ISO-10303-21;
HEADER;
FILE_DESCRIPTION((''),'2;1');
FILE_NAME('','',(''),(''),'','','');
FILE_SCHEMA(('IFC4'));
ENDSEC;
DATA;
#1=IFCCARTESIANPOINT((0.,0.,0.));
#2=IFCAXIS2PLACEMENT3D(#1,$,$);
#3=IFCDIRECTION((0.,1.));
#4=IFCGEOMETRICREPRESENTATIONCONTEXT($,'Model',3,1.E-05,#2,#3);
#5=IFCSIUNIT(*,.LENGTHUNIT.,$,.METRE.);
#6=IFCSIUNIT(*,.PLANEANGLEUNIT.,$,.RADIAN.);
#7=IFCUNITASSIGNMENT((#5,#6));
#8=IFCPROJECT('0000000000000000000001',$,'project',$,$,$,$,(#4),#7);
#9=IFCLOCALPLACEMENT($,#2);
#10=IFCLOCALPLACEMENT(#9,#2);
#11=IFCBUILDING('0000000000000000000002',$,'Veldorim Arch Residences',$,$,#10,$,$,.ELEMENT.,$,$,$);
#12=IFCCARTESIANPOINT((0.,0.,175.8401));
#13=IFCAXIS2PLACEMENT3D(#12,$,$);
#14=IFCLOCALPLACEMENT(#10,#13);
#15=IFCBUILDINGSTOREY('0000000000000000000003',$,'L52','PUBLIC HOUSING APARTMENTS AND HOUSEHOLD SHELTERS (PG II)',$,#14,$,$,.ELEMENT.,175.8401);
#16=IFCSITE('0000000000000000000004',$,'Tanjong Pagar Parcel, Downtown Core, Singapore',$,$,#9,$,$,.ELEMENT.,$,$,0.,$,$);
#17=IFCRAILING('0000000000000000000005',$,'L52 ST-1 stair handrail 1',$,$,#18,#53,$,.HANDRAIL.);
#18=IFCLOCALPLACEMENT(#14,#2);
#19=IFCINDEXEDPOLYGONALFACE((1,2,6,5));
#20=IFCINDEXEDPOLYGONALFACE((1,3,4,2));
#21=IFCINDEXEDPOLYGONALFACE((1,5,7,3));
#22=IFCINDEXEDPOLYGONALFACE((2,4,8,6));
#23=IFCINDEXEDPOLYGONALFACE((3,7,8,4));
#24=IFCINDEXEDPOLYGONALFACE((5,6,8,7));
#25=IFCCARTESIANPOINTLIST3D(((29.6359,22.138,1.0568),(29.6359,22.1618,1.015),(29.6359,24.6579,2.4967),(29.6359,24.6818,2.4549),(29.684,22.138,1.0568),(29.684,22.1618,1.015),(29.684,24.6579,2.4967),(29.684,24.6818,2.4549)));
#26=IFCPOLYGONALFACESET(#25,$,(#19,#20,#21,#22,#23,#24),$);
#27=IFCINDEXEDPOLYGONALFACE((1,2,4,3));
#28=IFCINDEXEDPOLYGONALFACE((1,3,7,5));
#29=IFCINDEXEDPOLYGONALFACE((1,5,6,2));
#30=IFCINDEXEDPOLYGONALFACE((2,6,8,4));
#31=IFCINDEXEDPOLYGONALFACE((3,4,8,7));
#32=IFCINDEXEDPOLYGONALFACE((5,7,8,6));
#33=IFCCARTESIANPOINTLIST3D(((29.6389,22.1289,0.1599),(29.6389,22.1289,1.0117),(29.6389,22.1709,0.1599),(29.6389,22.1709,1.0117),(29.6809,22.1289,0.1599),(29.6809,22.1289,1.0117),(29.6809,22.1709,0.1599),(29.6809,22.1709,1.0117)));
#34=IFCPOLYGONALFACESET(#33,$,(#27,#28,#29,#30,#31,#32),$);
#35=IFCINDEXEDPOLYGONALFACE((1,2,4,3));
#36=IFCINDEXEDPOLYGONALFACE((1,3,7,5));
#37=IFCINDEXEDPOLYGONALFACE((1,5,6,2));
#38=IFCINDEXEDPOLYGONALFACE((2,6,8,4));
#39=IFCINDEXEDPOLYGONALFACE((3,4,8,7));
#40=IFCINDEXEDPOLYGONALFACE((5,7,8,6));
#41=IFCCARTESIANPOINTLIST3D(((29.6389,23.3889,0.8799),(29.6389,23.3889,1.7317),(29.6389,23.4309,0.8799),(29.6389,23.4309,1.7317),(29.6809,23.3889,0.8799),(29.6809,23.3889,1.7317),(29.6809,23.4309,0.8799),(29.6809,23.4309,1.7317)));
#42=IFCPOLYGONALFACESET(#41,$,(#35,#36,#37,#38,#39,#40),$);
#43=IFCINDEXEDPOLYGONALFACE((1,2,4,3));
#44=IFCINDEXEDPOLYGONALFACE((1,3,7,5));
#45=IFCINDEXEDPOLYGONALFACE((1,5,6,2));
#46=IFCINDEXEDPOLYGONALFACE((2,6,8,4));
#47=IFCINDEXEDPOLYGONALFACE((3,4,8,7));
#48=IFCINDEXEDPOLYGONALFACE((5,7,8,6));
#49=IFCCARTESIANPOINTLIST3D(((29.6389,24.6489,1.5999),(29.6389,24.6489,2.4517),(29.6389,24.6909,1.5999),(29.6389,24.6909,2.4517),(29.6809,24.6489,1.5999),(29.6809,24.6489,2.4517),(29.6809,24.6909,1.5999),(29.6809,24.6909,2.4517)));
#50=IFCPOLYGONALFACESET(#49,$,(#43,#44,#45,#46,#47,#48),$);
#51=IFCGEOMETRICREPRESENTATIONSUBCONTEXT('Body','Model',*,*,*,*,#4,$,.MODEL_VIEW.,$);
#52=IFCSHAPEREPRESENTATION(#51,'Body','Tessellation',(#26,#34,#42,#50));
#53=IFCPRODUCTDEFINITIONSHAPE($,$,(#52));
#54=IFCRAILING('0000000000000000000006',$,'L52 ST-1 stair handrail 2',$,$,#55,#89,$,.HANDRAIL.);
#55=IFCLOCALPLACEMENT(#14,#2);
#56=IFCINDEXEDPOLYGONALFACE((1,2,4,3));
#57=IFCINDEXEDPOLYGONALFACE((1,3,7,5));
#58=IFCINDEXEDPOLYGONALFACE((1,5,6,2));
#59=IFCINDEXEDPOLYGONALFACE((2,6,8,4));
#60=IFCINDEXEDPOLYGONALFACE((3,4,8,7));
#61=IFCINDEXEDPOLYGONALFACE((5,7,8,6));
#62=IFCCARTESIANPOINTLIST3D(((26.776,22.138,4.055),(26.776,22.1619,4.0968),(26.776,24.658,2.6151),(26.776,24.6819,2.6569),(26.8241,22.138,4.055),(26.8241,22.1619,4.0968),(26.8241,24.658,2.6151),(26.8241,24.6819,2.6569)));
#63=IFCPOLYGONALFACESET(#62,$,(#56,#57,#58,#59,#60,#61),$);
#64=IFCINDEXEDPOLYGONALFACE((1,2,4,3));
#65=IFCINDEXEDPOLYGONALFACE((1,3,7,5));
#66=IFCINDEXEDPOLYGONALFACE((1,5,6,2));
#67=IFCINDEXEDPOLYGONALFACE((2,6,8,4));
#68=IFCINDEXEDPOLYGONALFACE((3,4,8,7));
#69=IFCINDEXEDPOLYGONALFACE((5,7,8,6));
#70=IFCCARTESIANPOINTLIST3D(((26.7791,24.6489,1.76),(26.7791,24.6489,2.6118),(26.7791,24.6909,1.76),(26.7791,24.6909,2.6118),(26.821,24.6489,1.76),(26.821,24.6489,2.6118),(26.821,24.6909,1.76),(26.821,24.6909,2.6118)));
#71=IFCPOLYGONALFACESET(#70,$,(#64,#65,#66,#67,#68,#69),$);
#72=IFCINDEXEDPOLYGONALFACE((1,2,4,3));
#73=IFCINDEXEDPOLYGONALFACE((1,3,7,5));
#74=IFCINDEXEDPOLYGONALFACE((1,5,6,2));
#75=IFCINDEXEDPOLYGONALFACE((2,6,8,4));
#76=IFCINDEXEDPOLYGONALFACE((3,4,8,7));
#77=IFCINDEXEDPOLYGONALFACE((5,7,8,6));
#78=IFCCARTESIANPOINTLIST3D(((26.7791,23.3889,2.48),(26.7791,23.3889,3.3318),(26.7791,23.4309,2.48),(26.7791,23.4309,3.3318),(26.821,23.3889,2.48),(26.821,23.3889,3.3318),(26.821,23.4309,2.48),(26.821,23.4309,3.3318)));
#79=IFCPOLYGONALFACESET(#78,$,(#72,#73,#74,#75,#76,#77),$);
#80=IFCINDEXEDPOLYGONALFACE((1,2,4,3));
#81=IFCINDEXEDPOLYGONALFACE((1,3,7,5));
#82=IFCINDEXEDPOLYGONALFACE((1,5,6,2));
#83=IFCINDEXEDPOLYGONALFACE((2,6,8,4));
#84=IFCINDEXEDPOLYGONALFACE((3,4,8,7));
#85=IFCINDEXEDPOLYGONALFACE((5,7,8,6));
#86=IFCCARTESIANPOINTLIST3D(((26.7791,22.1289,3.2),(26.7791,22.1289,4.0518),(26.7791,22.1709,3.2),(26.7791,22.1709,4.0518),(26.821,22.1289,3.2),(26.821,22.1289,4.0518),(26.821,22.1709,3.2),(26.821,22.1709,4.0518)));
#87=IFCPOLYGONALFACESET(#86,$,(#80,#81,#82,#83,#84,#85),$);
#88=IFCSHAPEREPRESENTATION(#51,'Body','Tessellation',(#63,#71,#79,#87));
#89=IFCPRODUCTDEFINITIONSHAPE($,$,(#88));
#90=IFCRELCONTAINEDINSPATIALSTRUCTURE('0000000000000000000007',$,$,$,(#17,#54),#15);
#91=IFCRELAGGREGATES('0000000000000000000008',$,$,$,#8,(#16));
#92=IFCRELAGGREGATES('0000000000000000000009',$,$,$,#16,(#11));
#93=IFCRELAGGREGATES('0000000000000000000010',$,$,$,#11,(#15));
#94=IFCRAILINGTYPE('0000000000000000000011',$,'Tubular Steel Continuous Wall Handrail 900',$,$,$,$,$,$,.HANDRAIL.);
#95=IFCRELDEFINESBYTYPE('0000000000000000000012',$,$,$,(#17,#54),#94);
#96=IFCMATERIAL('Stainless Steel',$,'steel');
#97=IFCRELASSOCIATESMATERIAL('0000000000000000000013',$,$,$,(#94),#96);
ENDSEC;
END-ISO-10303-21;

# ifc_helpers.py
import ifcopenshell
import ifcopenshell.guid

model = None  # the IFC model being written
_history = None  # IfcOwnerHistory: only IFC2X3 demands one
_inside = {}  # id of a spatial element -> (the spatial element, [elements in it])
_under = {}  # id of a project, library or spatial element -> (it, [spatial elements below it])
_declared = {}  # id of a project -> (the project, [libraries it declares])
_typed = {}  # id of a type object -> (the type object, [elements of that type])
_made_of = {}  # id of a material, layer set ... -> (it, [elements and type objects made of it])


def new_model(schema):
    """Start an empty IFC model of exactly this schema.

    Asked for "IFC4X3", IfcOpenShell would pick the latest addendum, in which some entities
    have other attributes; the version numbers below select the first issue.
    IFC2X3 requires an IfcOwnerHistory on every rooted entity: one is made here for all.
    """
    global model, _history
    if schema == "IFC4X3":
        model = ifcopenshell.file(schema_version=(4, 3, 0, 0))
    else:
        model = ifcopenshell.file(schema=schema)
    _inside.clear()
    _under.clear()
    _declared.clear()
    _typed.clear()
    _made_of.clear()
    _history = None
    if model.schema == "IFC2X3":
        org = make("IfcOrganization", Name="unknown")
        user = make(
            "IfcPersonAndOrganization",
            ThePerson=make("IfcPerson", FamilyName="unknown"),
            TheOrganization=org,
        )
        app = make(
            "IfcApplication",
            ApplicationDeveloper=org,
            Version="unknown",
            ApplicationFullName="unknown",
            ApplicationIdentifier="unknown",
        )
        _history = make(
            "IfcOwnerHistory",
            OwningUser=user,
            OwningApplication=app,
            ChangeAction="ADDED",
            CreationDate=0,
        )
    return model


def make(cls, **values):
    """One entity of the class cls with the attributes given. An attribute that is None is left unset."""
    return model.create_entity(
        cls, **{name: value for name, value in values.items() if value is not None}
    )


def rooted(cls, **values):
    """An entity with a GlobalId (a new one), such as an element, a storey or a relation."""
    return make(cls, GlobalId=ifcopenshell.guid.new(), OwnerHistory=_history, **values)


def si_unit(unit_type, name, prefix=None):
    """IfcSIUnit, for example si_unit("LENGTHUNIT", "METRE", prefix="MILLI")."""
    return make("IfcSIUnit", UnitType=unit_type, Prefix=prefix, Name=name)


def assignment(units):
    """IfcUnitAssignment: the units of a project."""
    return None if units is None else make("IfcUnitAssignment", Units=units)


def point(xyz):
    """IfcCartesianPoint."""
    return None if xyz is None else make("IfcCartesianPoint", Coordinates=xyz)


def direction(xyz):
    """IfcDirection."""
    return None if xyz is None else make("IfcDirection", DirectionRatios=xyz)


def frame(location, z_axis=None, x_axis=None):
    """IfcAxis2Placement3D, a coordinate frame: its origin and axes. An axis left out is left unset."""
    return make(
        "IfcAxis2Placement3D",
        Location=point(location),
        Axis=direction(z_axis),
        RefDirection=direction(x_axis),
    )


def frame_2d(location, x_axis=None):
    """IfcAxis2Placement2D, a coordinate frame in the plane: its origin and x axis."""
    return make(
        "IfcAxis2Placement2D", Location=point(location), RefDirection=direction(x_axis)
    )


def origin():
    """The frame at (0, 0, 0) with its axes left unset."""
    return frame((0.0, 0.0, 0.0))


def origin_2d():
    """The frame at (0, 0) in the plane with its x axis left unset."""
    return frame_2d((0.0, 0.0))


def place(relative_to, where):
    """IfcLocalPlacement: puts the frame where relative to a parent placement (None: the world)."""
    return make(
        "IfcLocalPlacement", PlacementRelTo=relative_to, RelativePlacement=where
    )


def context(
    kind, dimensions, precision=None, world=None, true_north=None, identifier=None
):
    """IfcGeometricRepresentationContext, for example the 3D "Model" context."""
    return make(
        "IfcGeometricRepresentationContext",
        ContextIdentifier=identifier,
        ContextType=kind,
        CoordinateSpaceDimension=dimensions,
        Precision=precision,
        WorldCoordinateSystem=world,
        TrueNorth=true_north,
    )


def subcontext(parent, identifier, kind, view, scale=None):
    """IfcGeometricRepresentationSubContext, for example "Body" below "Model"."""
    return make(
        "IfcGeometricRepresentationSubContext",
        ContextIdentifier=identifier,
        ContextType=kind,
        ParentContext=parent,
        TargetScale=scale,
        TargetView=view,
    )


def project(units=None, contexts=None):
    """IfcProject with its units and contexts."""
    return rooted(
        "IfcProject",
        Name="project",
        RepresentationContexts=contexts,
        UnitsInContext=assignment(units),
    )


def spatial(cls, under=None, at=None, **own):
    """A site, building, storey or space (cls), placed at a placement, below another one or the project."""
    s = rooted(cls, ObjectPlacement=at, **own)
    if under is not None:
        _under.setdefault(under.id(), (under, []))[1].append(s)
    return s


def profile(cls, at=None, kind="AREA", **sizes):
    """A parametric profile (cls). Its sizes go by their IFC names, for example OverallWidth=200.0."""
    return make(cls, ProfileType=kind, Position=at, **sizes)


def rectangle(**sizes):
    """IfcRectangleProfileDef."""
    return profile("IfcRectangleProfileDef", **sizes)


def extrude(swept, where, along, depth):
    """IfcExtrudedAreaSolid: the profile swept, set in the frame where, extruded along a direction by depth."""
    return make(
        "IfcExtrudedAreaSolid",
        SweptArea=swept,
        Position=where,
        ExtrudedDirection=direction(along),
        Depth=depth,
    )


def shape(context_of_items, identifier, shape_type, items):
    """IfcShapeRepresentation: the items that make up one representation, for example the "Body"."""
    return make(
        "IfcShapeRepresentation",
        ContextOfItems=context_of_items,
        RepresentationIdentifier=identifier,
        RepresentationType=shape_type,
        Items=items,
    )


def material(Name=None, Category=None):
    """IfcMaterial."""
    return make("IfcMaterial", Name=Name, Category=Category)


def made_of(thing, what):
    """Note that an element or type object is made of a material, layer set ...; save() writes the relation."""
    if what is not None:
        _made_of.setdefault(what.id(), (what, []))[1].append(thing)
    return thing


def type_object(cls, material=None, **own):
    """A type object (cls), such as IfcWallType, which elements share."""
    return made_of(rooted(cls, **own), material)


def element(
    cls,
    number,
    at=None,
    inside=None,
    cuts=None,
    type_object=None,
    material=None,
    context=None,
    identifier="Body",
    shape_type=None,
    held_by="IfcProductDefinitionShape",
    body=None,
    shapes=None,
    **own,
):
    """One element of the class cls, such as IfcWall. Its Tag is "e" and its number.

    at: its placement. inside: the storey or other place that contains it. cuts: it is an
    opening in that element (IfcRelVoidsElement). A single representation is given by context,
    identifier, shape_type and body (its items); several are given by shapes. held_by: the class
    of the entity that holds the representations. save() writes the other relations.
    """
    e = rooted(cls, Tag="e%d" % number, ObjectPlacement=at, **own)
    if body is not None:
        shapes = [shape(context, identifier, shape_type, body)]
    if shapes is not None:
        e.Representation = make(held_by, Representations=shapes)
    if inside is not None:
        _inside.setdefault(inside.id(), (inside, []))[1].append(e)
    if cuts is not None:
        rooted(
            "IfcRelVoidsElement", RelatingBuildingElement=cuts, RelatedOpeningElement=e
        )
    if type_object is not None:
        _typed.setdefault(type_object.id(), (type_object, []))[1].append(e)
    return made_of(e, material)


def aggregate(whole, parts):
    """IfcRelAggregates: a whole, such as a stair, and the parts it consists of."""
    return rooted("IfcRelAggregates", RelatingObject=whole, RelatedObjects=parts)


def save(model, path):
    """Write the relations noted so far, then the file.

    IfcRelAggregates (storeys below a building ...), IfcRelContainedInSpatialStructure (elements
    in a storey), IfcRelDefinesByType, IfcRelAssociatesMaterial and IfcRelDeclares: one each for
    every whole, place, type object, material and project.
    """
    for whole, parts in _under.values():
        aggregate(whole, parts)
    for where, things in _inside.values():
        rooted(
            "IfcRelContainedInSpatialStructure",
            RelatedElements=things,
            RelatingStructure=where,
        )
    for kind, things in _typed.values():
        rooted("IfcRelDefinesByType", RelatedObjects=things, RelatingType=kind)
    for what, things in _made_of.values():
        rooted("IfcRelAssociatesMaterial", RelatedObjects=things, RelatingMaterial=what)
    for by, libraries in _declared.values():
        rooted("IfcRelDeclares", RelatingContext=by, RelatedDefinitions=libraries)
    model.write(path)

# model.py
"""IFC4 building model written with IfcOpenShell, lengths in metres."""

from ifc_helpers import new_model, si_unit, direction, frame, origin, origin_2d, place, context, subcontext, project, spatial, rectangle, extrude, material, type_object, element, save


model = new_model("IFC4")

# Units and contexts
model_context = context("Model", 3, precision=1e-05, world=origin(), true_north=direction((0.0, 1.0)))
body_context = subcontext(model_context, "Body", "Model", "MODEL_VIEW")
ifc_project = project(units=[si_unit("LENGTHUNIT", "METRE"), si_unit("PLANEANGLEUNIT", "RADIAN")], contexts=[model_context])

# Site, building, storey
site_placement = place(None, origin())
site = spatial("IfcSite", under=ifc_project, at=site_placement, Name="Tanjong Pagar Parcel, Downtown Core, Singapore", CompositionType="ELEMENT", RefElevation=0.0)
building_placement = place(site_placement, origin())
building = spatial("IfcBuilding", under=site, at=building_placement, Name="Veldorim Arch Residences", CompositionType="ELEMENT")
storey_placement = place(building_placement, frame((0.0, 0.0, 175.8401)))
storey = spatial("IfcBuildingStorey", under=building, at=storey_placement, Name="L52", Description="PUBLIC HOUSING APARTMENTS AND HOUSEHOLD SHELTERS (PG II)", CompositionType="ELEMENT", Elevation=175.8401)

# Railings
ifc_material_1 = material(Name="Stainless Steel", Category="steel")
railing_type_1 = type_object("IfcRailingType", Name="Tubular Steel Continuous Wall Handrail 900", PredefinedType="HANDRAIL", material=ifc_material_1)
railing_1_placement = place(storey_placement, frame((29.6599, 22.1499, 0.1599)))
element("IfcRailing", 1, at=railing_1_placement, inside=storey, type_object=railing_type_1, Name="L52 ST-1 stair handrail 1", PredefinedType="HANDRAIL", context=body_context, shape_type="SweptSolid", body=[
    extrude(rectangle(XDim=0.0481, YDim=0.0481, at=origin_2d()), frame((0.0, 0.0, 0.876), z_axis=(0.0, 0.868253, 0.496121), x_axis=(-1.0, 0.0, 0.0)), (0.0, 0.0, 1.0), 2.9023),
    extrude(rectangle(XDim=0.042, YDim=0.042, at=origin_2d()), origin(), (0.0, 0.0, 1.0), 0.8518),
    extrude(rectangle(XDim=0.042, YDim=0.042, at=origin_2d()), frame((0.0, 1.26, 0.72)), (0.0, 0.0, 1.0), 0.8518),
    extrude(rectangle(XDim=0.042, YDim=0.042, at=origin_2d()), frame((0.0, 2.52, 1.4399)), (0.0, 0.0, 1.0), 0.8518),
])
railing_2_placement = place(storey_placement, frame((26.8, 24.6699, 1.76)))
element("IfcRailing", 2, at=railing_2_placement, inside=storey, type_object=railing_type_1, Name="L52 ST-1 stair handrail 2", PredefinedType="HANDRAIL", context=body_context, shape_type="SweptSolid", body=[
    extrude(rectangle(XDim=0.0481, YDim=0.0481, at=origin_2d()), frame((0.0, 0.0, 0.876), z_axis=(0.0, -0.868253, 0.496121), x_axis=(1.0, 0.0, 0.0)), (0.0, 0.0, 1.0), 2.9023),
    extrude(rectangle(XDim=0.042, YDim=0.042, at=origin_2d()), origin(), (0.0, 0.0, 1.0), 0.8518),
    extrude(rectangle(XDim=0.042, YDim=0.042, at=origin_2d()), frame((0.0, -1.26, 0.72)), (0.0, 0.0, 1.0), 0.8518),
    extrude(rectangle(XDim=0.042, YDim=0.042, at=origin_2d()), frame((0.0, -2.52, 1.4399)), (0.0, 0.0, 1.0), 0.8518),
])

save(model, "model.ifc")
